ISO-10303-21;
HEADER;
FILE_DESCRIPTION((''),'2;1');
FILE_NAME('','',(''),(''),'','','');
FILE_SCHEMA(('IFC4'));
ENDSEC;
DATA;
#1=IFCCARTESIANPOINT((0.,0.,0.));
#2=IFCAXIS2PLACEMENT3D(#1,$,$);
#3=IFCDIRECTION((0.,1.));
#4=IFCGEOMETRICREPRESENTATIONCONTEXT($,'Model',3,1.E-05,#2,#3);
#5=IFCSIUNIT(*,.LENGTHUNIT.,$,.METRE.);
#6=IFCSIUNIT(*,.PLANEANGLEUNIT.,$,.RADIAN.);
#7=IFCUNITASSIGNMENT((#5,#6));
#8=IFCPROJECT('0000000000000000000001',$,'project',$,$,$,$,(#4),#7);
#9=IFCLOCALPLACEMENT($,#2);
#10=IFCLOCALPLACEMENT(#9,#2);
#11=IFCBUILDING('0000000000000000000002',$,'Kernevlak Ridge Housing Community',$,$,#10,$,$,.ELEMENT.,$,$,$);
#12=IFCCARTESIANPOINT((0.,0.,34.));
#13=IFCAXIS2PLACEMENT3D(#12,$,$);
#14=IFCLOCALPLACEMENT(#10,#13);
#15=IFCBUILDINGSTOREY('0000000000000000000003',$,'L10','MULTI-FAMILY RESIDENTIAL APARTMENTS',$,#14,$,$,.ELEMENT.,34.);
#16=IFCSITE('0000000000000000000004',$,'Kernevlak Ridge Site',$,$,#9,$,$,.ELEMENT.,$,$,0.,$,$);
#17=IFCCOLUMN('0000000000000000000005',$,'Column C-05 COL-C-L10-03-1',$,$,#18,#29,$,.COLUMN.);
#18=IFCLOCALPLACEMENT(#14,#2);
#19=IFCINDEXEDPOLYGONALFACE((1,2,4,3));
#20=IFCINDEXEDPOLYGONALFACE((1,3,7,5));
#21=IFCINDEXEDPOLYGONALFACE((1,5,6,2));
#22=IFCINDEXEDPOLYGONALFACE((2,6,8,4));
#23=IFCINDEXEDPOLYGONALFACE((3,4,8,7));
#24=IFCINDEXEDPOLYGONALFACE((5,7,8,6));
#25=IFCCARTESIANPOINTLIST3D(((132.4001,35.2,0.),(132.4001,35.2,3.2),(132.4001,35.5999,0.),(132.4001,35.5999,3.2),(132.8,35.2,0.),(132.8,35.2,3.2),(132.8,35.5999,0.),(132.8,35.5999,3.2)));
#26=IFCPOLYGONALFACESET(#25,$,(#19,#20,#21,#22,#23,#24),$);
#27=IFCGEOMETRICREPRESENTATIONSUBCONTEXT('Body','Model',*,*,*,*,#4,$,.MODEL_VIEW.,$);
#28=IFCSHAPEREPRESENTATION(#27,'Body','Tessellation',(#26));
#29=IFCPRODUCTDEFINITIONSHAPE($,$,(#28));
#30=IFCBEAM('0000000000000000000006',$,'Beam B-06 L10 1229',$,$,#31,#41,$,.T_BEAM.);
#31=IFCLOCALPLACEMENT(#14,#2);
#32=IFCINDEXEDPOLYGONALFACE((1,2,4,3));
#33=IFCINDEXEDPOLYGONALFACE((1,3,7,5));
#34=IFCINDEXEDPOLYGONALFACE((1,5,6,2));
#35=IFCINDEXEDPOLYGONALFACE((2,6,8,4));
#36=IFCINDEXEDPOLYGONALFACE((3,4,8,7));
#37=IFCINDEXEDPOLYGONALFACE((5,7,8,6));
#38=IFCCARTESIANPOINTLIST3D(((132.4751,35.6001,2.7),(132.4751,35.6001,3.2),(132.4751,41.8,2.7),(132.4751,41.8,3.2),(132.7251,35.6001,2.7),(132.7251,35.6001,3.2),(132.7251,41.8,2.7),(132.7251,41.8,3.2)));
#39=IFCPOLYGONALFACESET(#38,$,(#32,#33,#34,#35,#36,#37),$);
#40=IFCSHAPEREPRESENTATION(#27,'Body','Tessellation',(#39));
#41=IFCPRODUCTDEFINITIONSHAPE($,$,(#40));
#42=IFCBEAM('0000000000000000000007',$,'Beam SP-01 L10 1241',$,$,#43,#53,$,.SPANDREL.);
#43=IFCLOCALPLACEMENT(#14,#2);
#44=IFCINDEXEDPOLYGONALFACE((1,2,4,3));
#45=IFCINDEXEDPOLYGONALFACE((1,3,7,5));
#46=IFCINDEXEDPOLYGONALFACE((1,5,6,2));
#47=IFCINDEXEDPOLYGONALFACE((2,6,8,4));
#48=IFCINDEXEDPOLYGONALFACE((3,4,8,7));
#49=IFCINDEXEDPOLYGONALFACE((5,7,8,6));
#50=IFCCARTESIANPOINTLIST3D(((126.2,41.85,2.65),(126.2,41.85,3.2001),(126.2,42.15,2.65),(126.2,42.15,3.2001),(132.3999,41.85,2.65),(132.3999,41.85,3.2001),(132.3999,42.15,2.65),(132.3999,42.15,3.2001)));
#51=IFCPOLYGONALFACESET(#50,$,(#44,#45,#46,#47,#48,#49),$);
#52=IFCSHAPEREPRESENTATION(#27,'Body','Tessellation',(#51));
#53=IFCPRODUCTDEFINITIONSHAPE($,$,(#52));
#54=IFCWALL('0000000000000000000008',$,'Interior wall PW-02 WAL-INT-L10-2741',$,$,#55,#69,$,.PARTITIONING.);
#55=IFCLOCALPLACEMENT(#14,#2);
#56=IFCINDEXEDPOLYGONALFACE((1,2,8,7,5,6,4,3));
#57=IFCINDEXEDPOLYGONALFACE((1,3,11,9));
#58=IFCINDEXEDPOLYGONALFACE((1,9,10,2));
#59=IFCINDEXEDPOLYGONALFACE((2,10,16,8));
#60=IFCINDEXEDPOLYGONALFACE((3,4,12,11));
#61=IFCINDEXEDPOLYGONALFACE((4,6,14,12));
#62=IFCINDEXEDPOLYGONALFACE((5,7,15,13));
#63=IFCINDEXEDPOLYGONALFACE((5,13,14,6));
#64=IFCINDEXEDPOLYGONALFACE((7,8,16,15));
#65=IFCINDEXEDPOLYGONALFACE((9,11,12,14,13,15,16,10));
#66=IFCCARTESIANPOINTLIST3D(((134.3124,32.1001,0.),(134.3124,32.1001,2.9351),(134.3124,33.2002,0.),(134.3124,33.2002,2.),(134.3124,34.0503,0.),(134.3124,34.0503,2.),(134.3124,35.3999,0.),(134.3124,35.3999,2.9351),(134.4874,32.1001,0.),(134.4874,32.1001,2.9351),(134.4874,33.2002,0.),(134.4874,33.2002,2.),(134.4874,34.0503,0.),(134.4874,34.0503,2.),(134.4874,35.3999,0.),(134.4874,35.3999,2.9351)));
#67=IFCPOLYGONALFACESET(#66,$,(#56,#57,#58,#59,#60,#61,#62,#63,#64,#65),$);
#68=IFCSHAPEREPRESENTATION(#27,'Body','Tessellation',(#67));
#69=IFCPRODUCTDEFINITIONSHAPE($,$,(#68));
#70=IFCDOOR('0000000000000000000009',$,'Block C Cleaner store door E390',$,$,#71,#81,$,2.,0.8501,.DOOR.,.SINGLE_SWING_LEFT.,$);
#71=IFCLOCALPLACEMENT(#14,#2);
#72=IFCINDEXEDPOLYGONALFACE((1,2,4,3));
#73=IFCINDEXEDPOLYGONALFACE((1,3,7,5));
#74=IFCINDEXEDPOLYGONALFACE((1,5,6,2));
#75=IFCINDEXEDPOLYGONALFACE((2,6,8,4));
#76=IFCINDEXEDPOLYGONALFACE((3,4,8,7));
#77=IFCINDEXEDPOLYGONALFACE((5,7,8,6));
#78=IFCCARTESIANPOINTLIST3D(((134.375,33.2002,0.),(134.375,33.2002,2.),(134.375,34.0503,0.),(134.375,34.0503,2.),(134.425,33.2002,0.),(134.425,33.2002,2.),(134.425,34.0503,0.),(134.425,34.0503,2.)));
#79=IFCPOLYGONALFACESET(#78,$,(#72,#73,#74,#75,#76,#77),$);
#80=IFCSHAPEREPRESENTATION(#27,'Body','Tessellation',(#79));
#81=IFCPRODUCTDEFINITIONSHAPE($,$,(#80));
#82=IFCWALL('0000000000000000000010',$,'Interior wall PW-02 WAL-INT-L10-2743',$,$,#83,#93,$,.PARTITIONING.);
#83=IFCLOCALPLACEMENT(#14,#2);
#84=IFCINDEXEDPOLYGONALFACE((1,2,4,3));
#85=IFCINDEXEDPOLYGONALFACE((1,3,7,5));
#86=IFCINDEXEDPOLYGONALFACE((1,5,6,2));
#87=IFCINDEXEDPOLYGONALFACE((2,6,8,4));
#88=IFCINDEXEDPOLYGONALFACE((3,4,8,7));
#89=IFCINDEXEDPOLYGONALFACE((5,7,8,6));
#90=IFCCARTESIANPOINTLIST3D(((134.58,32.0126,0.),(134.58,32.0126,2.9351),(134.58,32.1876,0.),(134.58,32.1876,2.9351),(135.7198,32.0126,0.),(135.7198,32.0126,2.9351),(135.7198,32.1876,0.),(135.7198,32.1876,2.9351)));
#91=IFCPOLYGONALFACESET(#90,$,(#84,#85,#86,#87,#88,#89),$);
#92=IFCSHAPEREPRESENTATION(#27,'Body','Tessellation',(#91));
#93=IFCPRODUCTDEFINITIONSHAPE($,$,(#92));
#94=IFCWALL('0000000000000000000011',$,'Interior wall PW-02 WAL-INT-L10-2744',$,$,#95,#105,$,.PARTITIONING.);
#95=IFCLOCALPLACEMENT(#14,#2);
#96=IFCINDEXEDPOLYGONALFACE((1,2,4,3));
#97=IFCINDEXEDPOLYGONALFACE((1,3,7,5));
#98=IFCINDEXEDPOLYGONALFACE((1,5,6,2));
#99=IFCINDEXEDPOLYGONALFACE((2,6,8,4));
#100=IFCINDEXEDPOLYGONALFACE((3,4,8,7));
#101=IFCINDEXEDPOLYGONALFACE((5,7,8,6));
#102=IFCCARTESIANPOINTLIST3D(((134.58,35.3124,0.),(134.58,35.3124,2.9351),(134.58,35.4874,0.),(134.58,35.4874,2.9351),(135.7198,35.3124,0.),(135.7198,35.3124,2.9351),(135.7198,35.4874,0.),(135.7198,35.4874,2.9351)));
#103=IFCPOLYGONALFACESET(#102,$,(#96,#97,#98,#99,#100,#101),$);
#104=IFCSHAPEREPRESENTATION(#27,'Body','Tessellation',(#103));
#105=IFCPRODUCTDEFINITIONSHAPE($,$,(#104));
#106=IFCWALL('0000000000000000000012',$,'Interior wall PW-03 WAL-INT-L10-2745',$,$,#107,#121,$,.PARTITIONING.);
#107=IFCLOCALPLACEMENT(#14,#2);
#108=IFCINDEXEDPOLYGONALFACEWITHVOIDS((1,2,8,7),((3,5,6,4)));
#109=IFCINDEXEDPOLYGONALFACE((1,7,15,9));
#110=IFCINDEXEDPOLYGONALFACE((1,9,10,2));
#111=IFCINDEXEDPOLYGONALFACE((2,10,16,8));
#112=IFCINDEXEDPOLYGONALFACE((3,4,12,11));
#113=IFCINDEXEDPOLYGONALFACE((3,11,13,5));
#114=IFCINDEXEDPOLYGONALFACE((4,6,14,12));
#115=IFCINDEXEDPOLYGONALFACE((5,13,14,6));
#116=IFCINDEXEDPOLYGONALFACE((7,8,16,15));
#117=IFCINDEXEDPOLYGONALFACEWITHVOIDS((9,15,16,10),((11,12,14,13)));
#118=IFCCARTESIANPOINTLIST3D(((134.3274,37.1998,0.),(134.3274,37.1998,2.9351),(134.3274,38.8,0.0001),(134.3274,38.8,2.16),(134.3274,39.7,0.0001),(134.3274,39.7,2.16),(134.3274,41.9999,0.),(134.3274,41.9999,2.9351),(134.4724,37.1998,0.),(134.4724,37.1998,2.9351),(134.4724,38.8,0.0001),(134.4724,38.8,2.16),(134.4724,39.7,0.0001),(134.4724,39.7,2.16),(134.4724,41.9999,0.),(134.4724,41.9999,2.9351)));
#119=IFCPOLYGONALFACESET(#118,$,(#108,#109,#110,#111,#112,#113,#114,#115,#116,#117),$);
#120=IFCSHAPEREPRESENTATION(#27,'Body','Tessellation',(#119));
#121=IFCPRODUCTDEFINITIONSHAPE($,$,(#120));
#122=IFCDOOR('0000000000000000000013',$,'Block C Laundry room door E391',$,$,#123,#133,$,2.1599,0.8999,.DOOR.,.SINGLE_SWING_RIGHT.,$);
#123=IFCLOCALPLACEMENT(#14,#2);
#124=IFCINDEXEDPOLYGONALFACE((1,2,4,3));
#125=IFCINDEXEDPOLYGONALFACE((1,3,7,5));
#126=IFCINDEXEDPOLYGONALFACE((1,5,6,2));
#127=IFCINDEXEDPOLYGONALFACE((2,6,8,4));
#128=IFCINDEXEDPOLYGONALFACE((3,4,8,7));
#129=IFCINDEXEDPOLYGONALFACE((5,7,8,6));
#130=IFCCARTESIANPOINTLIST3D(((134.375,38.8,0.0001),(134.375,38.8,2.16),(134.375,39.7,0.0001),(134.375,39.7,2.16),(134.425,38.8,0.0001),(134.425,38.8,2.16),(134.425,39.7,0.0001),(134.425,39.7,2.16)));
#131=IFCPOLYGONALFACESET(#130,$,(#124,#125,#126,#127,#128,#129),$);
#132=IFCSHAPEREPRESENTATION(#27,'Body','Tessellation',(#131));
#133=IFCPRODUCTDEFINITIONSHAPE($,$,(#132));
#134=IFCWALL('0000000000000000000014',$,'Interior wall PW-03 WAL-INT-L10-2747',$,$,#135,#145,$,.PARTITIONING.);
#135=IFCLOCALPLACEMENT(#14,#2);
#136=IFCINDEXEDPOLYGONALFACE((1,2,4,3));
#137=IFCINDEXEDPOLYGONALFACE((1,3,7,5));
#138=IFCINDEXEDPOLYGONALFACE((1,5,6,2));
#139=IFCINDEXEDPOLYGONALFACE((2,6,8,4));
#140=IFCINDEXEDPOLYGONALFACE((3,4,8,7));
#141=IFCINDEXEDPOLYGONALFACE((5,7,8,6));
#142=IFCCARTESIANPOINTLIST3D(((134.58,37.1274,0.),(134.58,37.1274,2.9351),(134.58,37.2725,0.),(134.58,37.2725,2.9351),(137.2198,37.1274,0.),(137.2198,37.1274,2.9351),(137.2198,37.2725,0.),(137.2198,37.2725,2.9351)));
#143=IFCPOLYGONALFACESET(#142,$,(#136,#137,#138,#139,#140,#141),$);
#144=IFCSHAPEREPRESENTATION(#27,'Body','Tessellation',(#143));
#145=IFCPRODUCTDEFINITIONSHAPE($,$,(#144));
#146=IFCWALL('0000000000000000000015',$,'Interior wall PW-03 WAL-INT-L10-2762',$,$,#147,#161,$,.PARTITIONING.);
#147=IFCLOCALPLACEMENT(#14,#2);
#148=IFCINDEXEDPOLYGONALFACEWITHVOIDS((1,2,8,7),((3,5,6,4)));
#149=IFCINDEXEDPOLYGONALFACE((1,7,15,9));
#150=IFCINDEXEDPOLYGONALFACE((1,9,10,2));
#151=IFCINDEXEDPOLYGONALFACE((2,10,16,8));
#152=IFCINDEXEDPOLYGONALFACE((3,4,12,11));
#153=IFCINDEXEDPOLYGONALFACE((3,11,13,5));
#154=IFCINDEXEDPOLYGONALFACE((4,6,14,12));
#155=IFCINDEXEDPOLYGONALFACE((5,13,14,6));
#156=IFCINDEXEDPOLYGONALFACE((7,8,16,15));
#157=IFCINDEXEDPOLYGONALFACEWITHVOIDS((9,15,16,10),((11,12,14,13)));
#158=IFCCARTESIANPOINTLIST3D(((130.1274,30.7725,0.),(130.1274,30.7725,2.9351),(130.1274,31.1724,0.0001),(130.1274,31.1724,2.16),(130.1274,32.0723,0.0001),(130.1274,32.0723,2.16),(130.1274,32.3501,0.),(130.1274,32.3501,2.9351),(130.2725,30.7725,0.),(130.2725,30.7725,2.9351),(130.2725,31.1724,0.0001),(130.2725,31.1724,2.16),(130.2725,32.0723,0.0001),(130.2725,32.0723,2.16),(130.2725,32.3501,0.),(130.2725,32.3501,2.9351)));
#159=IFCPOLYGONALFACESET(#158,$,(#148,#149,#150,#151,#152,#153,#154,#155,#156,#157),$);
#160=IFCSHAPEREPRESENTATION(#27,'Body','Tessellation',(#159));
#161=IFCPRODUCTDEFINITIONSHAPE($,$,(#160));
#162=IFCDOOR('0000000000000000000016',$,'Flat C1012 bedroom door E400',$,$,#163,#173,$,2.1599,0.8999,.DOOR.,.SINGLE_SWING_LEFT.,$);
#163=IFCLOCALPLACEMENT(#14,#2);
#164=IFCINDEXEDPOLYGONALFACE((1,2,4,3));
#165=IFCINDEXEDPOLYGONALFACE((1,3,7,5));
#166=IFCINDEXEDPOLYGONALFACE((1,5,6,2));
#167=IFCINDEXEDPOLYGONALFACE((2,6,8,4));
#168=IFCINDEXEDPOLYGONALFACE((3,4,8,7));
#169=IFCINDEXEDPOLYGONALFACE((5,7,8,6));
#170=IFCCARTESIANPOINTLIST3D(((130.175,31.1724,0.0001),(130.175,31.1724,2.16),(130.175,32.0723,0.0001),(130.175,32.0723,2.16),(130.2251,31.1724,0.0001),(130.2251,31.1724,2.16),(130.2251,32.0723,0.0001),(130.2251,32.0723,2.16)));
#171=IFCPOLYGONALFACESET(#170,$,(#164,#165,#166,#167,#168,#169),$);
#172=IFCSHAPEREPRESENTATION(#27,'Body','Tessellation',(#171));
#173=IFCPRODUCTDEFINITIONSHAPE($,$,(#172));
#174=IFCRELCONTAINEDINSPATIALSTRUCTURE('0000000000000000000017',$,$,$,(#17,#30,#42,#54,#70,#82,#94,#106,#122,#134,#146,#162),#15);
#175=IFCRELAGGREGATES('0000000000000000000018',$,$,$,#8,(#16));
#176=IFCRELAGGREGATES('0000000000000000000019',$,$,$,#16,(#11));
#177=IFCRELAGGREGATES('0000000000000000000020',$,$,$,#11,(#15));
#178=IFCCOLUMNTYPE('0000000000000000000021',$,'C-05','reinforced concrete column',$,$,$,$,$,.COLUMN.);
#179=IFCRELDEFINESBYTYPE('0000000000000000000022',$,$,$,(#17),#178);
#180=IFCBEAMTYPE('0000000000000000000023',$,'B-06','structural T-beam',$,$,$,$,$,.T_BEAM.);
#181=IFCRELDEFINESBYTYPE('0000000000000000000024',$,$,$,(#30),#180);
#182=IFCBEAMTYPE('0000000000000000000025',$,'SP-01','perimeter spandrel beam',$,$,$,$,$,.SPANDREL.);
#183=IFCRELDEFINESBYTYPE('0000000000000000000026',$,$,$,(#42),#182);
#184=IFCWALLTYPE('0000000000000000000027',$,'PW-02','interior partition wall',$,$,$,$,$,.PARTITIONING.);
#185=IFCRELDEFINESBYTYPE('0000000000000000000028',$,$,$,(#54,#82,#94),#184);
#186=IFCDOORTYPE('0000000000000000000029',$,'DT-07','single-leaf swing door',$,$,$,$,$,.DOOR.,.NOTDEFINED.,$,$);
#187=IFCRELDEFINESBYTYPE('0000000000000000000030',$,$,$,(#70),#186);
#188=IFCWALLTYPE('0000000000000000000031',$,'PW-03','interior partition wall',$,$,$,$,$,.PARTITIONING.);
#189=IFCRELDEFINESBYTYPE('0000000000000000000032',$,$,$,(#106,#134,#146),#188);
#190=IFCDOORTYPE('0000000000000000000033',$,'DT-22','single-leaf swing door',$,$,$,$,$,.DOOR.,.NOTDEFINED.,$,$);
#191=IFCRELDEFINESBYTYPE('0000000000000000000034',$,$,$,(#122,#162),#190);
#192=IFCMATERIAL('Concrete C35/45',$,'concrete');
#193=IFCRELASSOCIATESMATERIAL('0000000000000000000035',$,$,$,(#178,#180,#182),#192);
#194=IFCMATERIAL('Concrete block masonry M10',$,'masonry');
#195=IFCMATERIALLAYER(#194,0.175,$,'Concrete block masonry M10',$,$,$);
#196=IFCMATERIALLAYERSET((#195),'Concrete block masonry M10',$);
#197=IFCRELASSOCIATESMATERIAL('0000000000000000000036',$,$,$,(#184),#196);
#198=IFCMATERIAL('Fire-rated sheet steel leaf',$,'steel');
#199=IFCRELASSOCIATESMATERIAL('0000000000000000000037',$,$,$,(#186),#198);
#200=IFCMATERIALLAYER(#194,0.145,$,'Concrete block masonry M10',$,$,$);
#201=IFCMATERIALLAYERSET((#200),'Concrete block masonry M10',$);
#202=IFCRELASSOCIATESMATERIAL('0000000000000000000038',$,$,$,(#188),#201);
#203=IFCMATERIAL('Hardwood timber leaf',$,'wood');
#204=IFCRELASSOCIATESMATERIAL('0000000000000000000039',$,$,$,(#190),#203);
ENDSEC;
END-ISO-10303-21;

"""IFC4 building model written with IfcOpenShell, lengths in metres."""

from ifc_helpers import new_model, si_unit, direction, frame, frame_2d, origin, origin_2d, place, context, subcontext, project, spatial, rectangle, extrude, material, layer, layer_set, material_profile, profile_set, type_object, element, fill, save


model = new_model("IFC4")

# Units and contexts
model_context = context("Model", 3, precision=1e-05, world=origin(), true_north=direction((0.0, 1.0)))
body_context = subcontext(model_context, "Body", "Model", "MODEL_VIEW")
ifc_project = project(units=[si_unit("LENGTHUNIT", "METRE"), si_unit("PLANEANGLEUNIT", "RADIAN")], contexts=[model_context])

# Site, building, storey
site_placement = place(None, origin())
site = spatial("IfcSite", under=ifc_project, at=site_placement, Name="Kernevlak Ridge Site", CompositionType="ELEMENT", RefElevation=0.0)
building_placement = place(site_placement, origin())
building = spatial("IfcBuilding", under=site, at=building_placement, Name="Kernevlak Ridge Housing Community", CompositionType="ELEMENT")
storey_placement = place(building_placement, frame((0.0, 0.0, 34.0)))
storey = spatial("IfcBuildingStorey", under=building, at=storey_placement, Name="L10", Description="MULTI-FAMILY RESIDENTIAL APARTMENTS", CompositionType="ELEMENT", Elevation=34.0)

# Column
ifc_material_1 = material(Name="Concrete C35/45", Category="concrete")
ifc_material_profile_1 = material_profile(ifc_material_1, rectangle(XDim=0.3999, YDim=0.3999, at=origin_2d()), Name="RC 400x400")
ifc_profile_set_1 = profile_set([ifc_material_profile_1], Name="Concrete C35/45")
column_type = type_object("IfcColumnType", Name="C-05", Description="reinforced concrete column", PredefinedType="COLUMN", material=ifc_profile_set_1)
column_placement = place(storey_placement, frame((132.6001, 35.3999, 0.0), z_axis=(0.0, 0.0, 1.0), x_axis=(1.0, 0.0, 0.0)))
element("IfcColumn", 1, at=column_placement, inside=storey, type_object=column_type, Name="Column C-05 COL-C-L10-03-1", PredefinedType="COLUMN", context=body_context, shape_type="SweptSolid", body=[
    extrude(rectangle(XDim=0.3999, YDim=0.3999, at=origin_2d()), origin(), (0.0, 0.0, 1.0), 3.2),
])

# Beams
ifc_material_profile_2 = material_profile(ifc_material_1, rectangle(XDim=0.25, YDim=0.5, at=origin_2d()), Name="RC 250x500")
ifc_profile_set_2 = profile_set([ifc_material_profile_2], Name="Concrete C35/45")
beam_type_1 = type_object("IfcBeamType", Name="B-06", Description="structural T-beam", PredefinedType="T_BEAM", material=ifc_profile_set_2)
beam_1_placement = place(storey_placement, frame((132.6001, 35.6001, 2.95), z_axis=(0.0, 1.0, 0.0), x_axis=(-1.0, 0.0, 0.0)))
element("IfcBeam", 2, at=beam_1_placement, inside=storey, type_object=beam_type_1, Name="Beam B-06 L10 1229", PredefinedType="T_BEAM", context=body_context, shape_type="SweptSolid", body=[
    extrude(rectangle(XDim=0.25, YDim=0.5, at=origin_2d()), origin(), (0.0, 0.0, 1.0), 6.2),
])
ifc_material_profile_3 = material_profile(ifc_material_1, rectangle(XDim=0.3, YDim=0.55, at=origin_2d()), Name="RC 300x550")
ifc_profile_set_3 = profile_set([ifc_material_profile_3], Name="Concrete C35/45")
beam_type_2 = type_object("IfcBeamType", Name="SP-01", Description="perimeter spandrel beam", PredefinedType="SPANDREL", material=ifc_profile_set_3)
beam_2_placement = place(storey_placement, frame((126.2, 42.0, 2.925), z_axis=(1.0, 0.0, 0.0), x_axis=(0.0, 1.0, 0.0)))
element("IfcBeam", 3, at=beam_2_placement, inside=storey, type_object=beam_type_2, Name="Beam SP-01 L10 1241", PredefinedType="SPANDREL", context=body_context, shape_type="SweptSolid", body=[
    extrude(rectangle(XDim=0.3, YDim=0.55, at=origin_2d()), origin(), (0.0, 0.0, 1.0), 6.2),
])

# Wall, opening, door
ifc_material_2 = material(Name="Concrete block masonry M10", Category="masonry")
ifc_layer_1 = layer(ifc_material_2, 0.175, Name="Concrete block masonry M10")
ifc_layer_set_1 = layer_set([ifc_layer_1], Name="Concrete block masonry M10")
wall_type_1 = type_object("IfcWallType", Name="PW-02", Description="interior partition wall", PredefinedType="PARTITIONING", material=ifc_layer_set_1)
wall_1_placement = place(storey_placement, frame((134.3999, 32.1001, 0.0), z_axis=(0.0, 0.0, 1.0), x_axis=(0.0, 1.0, 0.0)))
wall_1 = element("IfcWall", 4, at=wall_1_placement, inside=storey, type_object=wall_type_1, Name="Interior wall PW-02 WAL-INT-L10-2741", PredefinedType="PARTITIONING", context=body_context, shape_type="SweptSolid", body=[
    extrude(rectangle(XDim=3.2998, YDim=0.175, at=frame_2d((1.6499, 0.0))), origin(), (0.0, 0.0, 1.0), 2.9351),
])
opening_1_placement = place(wall_1_placement, frame((1.1001, 0.0, 0.0)))
opening_1 = element("IfcOpeningElement", 5, at=opening_1_placement, cuts=wall_1, PredefinedType="OPENING", context=body_context, shape_type="SweptSolid", body=[
    extrude(rectangle(XDim=0.8501, YDim=2.0, at=frame_2d((0.425, 1.0))), frame((0.0, 0.0974, 0.0), z_axis=(0.0, -1.0, 0.0), x_axis=(1.0, 0.0, 0.0)), (0.0, 0.0, 1.0), 0.1951),
])
ifc_material_3 = material(Name="Fire-rated sheet steel leaf", Category="steel")
door_type_1 = type_object("IfcDoorType", Name="DT-07", Description="single-leaf swing door", OperationType="NOTDEFINED", PredefinedType="DOOR", material=ifc_material_3)
door_1_placement = place(opening_1_placement, origin())
door_1 = element("IfcDoor", 6, at=door_1_placement, inside=storey, type_object=door_type_1, Name="Block C Cleaner store door E390", OperationType="SINGLE_SWING_LEFT", OverallHeight=2.0, OverallWidth=0.8501, PredefinedType="DOOR", context=body_context, shape_type="SweptSolid", body=[
    extrude(rectangle(XDim=0.8501, YDim=2.0, at=frame_2d((0.425, 1.0))), frame((0.0, 0.0249, 0.0), z_axis=(0.0, -1.0, 0.0), x_axis=(1.0, 0.0, 0.0)), (0.0, 0.0, 1.0), 0.05),
])
fill(opening_1, door_1)

# Walls
for number, where, z_axis, x_axis, name in (
    (7, (134.5801, 32.1001, 0.0), (0.0, 0.0, 1.0), (1.0, 0.0, 0.0), "Interior wall PW-02 WAL-INT-L10-2743"),
    (8, (134.5801, 35.3999, 0.0), (0.0, 0.0, 1.0), (1.0, 0.0, 0.0), "Interior wall PW-02 WAL-INT-L10-2744"),
):
    element("IfcWall", number, at=place(storey_placement, frame(where, z_axis=z_axis, x_axis=x_axis)), inside=storey, type_object=wall_type_1, Name=name, PredefinedType="PARTITIONING", context=body_context, shape_type="SweptSolid", body=[
        extrude(rectangle(XDim=1.1399, YDim=0.175, at=frame_2d((0.5698, 0.0))), origin(), (0.0, 0.0, 1.0), 2.9351),
    ])

# Wall, opening, door
ifc_layer_2 = layer(ifc_material_2, 0.145, Name="Concrete block masonry M10")
ifc_layer_set_2 = layer_set([ifc_layer_2], Name="Concrete block masonry M10")
wall_type_2 = type_object("IfcWallType", Name="PW-03", Description="interior partition wall", PredefinedType="PARTITIONING", material=ifc_layer_set_2)
wall_2_placement = place(storey_placement, frame((134.3999, 37.2, 0.0), z_axis=(0.0, 0.0, 1.0), x_axis=(0.0, 1.0, 0.0)))
wall_2 = element("IfcWall", 9, at=wall_2_placement, inside=storey, type_object=wall_type_2, Name="Interior wall PW-03 WAL-INT-L10-2745", PredefinedType="PARTITIONING", context=body_context, shape_type="SweptSolid", body=[
    extrude(rectangle(XDim=4.8, YDim=0.145, at=frame_2d((2.3999, 0.0))), origin(), (0.0, 0.0, 1.0), 2.9351),
])
opening_2_placement = place(wall_2_placement, frame((1.6001, 0.0, 0.0)))
opening_2 = element("IfcOpeningElement", 10, at=opening_2_placement, cuts=wall_2, PredefinedType="OPENING", context=body_context, shape_type="SweptSolid", body=[
    extrude(rectangle(XDim=0.8999, YDim=2.1599, at=frame_2d((0.45, 1.0801))), frame((0.0, 0.0825, 0.0), z_axis=(0.0, -1.0, 0.0), x_axis=(1.0, 0.0, 0.0)), (0.0, 0.0, 1.0), 0.165),
])
ifc_material_4 = material(Name="Hardwood timber leaf", Category="wood")
door_type_2 = type_object("IfcDoorType", Name="DT-22", Description="single-leaf swing door", OperationType="NOTDEFINED", PredefinedType="DOOR", material=ifc_material_4)
door_2_placement = place(opening_2_placement, origin())
door_2 = element("IfcDoor", 11, at=door_2_placement, inside=storey, type_object=door_type_2, Name="Block C Laundry room door E391", OperationType="SINGLE_SWING_RIGHT", OverallHeight=2.1599, OverallWidth=0.8999, PredefinedType="DOOR", context=body_context, shape_type="SweptSolid", body=[
    extrude(rectangle(XDim=0.8999, YDim=2.1599, at=frame_2d((0.45, 1.0801))), frame((0.0, 0.0249, 0.0), z_axis=(0.0, -1.0, 0.0), x_axis=(1.0, 0.0, 0.0)), (0.0, 0.0, 1.0), 0.05),
])
fill(opening_2, door_2)

# Wall
wall_3_placement = place(storey_placement, frame((134.5801, 37.2, 0.0), z_axis=(0.0, 0.0, 1.0), x_axis=(1.0, 0.0, 0.0)))
element("IfcWall", 12, at=wall_3_placement, inside=storey, type_object=wall_type_2, Name="Interior wall PW-03 WAL-INT-L10-2747", PredefinedType="PARTITIONING", context=body_context, shape_type="SweptSolid", body=[
    extrude(rectangle(XDim=2.6399, YDim=0.145, at=frame_2d((1.3198, 0.0))), origin(), (0.0, 0.0, 1.0), 2.9351),
])

# Wall, opening, door
wall_4_placement = place(storey_placement, frame((130.2, 30.7725, 0.0), z_axis=(0.0, 0.0, 1.0), x_axis=(0.0, 1.0, 0.0)))
wall_4 = element("IfcWall", 13, at=wall_4_placement, inside=storey, type_object=wall_type_2, Name="Interior wall PW-03 WAL-INT-L10-2762", PredefinedType="PARTITIONING", context=body_context, shape_type="SweptSolid", body=[
    extrude(rectangle(XDim=1.5776, YDim=0.145, at=frame_2d((0.7888, 0.0))), origin(), (0.0, 0.0, 1.0), 2.9351),
])
opening_3_placement = place(wall_4_placement, frame((0.3999, 0.0, 0.0)))
opening_3 = element("IfcOpeningElement", 14, at=opening_3_placement, cuts=wall_4, PredefinedType="OPENING", context=body_context, shape_type="SweptSolid", body=[
    extrude(rectangle(XDim=0.8999, YDim=2.1599, at=frame_2d((0.45, 1.0801))), frame((0.0, 0.0825, 0.0), z_axis=(0.0, -1.0, 0.0), x_axis=(1.0, 0.0, 0.0)), (0.0, 0.0, 1.0), 0.165),
])
door_3_placement = place(opening_3_placement, origin())
door_3 = element("IfcDoor", 15, at=door_3_placement, inside=storey, type_object=door_type_2, Name="Flat C1012 bedroom door E400", OperationType="SINGLE_SWING_LEFT", OverallHeight=2.1599, OverallWidth=0.8999, PredefinedType="DOOR", context=body_context, shape_type="SweptSolid", body=[
    extrude(rectangle(XDim=0.8999, YDim=2.1599, at=frame_2d((0.45, 1.0801))), frame((0.0, 0.0249, 0.0), z_axis=(0.0, -1.0, 0.0), x_axis=(1.0, 0.0, 0.0)), (0.0, 0.0, 1.0), 0.05),
])
fill(opening_3, door_3)

save(model, "model.ifc")
